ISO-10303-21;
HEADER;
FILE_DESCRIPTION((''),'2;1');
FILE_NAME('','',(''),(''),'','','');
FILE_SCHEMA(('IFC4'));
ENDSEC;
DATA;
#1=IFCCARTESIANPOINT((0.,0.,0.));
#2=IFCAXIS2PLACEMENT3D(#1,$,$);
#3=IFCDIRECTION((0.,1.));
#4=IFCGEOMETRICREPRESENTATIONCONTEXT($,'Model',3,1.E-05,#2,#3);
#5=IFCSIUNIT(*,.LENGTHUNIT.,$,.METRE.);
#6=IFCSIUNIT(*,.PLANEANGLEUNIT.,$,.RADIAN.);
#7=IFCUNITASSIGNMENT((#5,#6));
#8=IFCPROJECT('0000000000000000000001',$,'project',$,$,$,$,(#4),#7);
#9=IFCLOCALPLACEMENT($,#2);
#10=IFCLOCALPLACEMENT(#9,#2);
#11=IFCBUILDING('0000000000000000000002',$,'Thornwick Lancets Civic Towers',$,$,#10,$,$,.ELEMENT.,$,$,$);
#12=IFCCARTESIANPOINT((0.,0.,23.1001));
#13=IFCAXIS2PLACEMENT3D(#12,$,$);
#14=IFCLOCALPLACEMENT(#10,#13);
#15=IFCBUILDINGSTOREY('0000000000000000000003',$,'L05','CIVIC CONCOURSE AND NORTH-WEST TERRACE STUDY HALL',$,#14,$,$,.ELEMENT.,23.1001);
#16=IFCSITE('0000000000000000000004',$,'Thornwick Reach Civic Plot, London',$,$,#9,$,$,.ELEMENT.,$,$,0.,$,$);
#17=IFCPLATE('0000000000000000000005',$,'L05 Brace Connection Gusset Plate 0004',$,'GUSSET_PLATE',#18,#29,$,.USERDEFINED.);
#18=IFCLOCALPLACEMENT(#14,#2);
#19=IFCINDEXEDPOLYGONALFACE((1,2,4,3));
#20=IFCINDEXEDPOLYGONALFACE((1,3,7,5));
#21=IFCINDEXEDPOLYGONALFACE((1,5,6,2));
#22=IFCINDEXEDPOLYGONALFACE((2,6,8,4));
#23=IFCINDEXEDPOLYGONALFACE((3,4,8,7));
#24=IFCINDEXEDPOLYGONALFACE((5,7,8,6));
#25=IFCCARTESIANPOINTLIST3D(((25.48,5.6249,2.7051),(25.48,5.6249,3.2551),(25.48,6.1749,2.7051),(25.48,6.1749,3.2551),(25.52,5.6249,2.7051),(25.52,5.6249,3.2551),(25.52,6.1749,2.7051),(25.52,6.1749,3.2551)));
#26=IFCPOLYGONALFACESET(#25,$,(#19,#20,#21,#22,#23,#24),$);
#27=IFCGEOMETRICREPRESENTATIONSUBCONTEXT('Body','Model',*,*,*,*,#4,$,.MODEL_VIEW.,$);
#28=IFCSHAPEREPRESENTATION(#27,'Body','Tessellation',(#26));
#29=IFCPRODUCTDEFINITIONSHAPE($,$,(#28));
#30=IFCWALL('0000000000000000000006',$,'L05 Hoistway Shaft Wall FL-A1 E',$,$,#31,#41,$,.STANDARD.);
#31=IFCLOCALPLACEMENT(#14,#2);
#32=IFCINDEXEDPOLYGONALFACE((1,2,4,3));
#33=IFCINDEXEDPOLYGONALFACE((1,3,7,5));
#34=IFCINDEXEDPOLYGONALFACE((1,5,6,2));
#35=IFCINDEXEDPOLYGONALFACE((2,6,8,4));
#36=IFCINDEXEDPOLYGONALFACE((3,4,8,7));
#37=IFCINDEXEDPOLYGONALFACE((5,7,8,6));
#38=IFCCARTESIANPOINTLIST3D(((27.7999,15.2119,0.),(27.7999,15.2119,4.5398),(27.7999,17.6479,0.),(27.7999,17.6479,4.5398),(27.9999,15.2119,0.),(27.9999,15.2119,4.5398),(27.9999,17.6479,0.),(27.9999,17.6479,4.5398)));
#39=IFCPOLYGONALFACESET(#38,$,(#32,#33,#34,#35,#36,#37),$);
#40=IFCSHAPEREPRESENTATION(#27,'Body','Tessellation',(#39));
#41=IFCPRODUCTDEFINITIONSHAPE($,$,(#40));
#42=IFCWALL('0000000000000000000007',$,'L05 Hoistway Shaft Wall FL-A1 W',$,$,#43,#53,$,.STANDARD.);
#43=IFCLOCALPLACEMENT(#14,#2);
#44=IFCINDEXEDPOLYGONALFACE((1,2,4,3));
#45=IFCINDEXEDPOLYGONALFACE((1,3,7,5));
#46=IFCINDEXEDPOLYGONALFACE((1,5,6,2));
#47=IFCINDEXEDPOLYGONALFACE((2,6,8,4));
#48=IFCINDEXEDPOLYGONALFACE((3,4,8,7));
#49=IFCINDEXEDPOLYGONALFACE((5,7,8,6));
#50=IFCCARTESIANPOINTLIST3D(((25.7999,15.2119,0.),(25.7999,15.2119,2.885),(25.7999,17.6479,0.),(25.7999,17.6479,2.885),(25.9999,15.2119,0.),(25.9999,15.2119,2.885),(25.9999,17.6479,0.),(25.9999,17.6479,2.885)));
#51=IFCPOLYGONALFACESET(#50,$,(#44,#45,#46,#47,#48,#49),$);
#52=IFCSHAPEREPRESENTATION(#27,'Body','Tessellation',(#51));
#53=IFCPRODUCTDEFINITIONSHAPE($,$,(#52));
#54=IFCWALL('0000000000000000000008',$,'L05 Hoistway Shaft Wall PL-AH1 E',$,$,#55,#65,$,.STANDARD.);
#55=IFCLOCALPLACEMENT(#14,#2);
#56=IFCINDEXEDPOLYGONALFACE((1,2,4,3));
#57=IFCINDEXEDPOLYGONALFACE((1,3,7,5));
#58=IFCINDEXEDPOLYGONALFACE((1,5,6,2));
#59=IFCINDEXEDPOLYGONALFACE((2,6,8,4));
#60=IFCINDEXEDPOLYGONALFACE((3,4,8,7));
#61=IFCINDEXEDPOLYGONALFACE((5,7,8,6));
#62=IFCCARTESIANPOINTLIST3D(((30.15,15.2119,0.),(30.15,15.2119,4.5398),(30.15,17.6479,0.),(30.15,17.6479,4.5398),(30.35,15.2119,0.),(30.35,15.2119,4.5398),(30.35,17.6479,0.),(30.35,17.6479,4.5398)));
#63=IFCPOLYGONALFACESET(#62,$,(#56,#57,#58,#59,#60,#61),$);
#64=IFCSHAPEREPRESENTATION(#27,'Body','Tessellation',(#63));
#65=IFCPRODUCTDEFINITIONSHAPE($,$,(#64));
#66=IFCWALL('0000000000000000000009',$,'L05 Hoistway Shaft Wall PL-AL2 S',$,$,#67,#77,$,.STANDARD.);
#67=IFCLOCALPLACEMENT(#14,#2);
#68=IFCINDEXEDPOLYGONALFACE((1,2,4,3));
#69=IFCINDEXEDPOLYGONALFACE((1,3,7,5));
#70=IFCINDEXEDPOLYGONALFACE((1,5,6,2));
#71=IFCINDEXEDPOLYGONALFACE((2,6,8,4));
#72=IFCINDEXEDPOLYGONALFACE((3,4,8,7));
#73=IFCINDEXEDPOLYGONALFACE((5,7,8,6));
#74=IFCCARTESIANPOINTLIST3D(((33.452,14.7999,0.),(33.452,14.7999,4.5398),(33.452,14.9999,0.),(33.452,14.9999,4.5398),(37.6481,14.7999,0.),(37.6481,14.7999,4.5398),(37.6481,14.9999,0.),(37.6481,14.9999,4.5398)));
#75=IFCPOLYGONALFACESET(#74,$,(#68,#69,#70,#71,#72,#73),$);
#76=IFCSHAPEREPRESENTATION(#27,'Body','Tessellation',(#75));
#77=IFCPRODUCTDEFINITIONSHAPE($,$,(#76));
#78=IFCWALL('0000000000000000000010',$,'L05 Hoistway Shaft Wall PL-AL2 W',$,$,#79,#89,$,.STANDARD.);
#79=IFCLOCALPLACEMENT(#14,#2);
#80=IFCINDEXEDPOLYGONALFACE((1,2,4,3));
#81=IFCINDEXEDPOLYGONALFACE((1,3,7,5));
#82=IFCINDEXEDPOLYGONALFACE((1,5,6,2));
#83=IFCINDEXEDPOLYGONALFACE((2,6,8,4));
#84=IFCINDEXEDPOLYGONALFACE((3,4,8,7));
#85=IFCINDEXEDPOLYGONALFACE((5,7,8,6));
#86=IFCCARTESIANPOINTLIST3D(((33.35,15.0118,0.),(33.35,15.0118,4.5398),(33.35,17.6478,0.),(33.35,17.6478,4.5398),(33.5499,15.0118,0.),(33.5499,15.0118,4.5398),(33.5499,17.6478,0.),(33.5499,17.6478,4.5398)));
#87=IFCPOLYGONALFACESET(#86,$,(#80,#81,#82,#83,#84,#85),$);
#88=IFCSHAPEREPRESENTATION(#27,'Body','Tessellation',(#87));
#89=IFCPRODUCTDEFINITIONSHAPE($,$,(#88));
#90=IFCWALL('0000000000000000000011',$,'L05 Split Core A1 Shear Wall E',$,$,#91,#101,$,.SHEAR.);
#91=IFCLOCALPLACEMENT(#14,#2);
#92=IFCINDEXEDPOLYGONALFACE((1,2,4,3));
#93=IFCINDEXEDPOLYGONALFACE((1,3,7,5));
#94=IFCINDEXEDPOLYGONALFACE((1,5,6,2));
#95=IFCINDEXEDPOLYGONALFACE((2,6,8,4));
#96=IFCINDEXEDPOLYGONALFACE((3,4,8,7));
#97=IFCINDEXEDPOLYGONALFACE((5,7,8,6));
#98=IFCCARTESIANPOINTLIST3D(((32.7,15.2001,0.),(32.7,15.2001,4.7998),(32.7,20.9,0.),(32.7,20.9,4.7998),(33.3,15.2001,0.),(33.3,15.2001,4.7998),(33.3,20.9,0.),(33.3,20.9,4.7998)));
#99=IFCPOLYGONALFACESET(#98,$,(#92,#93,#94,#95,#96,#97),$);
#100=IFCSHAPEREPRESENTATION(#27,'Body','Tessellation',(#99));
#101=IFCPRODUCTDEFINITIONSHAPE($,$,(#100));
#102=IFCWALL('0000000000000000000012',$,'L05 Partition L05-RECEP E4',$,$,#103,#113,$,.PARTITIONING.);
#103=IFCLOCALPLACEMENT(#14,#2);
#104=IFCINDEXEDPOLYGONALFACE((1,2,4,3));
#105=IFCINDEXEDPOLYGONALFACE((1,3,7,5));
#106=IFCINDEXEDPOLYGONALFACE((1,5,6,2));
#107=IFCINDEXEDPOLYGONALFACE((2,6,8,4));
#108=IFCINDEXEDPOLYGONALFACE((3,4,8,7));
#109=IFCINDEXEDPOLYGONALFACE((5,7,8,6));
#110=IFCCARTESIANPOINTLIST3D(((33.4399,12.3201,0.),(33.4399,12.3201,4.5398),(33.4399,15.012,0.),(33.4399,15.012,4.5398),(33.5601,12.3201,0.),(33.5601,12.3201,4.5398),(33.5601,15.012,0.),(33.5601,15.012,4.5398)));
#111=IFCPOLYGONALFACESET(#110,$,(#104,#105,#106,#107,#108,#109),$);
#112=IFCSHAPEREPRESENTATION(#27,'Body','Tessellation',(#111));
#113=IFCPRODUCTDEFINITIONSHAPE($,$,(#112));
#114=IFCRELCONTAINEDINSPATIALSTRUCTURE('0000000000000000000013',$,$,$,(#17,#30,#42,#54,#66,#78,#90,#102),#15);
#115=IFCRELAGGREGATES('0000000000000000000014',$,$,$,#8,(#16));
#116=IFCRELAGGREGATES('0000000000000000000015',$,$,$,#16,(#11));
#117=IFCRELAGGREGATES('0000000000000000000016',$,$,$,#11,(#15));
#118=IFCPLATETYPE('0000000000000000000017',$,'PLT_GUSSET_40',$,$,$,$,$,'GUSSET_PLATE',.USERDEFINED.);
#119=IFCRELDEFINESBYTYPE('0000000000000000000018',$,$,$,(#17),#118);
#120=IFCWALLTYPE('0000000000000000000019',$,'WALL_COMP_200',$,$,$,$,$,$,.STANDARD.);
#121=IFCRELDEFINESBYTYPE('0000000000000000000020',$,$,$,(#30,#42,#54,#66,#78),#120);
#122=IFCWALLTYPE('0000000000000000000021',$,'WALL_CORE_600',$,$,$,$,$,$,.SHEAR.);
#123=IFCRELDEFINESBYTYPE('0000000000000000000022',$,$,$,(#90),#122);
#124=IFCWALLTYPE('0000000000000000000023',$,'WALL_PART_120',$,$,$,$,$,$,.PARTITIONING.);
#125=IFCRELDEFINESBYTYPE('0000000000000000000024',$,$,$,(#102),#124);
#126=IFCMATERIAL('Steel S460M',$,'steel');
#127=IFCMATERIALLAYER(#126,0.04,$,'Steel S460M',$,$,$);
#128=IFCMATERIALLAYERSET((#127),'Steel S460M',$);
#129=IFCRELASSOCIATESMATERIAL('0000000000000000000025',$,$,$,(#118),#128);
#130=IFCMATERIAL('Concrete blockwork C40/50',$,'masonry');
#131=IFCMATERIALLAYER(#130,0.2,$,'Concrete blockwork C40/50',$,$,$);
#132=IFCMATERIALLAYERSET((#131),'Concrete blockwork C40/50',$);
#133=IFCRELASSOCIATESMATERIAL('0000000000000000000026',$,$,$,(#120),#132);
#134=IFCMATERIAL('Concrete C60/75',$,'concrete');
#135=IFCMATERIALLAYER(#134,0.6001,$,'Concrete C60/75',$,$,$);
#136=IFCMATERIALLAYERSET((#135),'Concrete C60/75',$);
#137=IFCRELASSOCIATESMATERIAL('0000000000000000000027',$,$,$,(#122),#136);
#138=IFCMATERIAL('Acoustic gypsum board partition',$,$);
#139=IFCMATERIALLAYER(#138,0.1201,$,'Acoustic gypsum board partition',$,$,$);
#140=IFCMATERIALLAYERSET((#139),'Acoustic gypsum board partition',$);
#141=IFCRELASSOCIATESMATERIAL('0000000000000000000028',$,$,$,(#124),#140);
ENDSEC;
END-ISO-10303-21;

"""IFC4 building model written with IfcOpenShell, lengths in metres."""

from ifc_helpers import new_model, si_unit, direction, frame, frame_2d, origin, origin_2d, place, context, subcontext, project, spatial, rectangle, extrude, material, layer, layer_set, type_object, element, save


model = new_model("IFC4")

# Units and contexts
model_context = context("Model", 3, precision=1e-05, world=origin(), true_north=direction((0.0, 1.0)))
body_context = subcontext(model_context, "Body", "Model", "MODEL_VIEW")
ifc_project = project(units=[si_unit("LENGTHUNIT", "METRE"), si_unit("PLANEANGLEUNIT", "RADIAN")], contexts=[model_context])

# Site, building, storey
site_placement = place(None, origin())
site = spatial("IfcSite", under=ifc_project, at=site_placement, Name="Thornwick Reach Civic Plot, London", CompositionType="ELEMENT", RefElevation=0.0)
building_placement = place(site_placement, origin())
building = spatial("IfcBuilding", under=site, at=building_placement, Name="Thornwick Lancets Civic Towers", CompositionType="ELEMENT")
storey_placement = place(building_placement, frame((0.0, 0.0, 23.1001)))
storey = spatial("IfcBuildingStorey", under=building, at=storey_placement, Name="L05", Description="CIVIC CONCOURSE AND NORTH-WEST TERRACE STUDY HALL", CompositionType="ELEMENT", Elevation=23.1001)

# Shared definitions
ifc_material_1 = material(Name="Concrete C60/75", Category="concrete")

# Shared definitions
ifc_material_2 = material(Name="Steel S460M", Category="steel")

# Plate
ifc_layer_1 = layer(ifc_material_2, 0.04, Name="Steel S460M")
ifc_layer_set_1 = layer_set([ifc_layer_1], Name="Steel S460M")
plate_type = type_object("IfcPlateType", Name="PLT_GUSSET_40", ElementType="GUSSET_PLATE", PredefinedType="USERDEFINED", material=ifc_layer_set_1)
for number, where, z_axis, x_axis, name in (
    (1, (25.5, 5.8999, 2.7051), (0.0, 0.0, 1.0), (0.0, -1.0, 0.0), "L05 Brace Connection Gusset Plate 0004"),
):
    element("IfcPlate", number, at=place(storey_placement, frame(where, z_axis=z_axis, x_axis=x_axis)), inside=storey, type_object=plate_type, Name=name, ObjectType="GUSSET_PLATE", PredefinedType="USERDEFINED", context=body_context, shape_type="SweptSolid", body=[
        extrude(rectangle(XDim=0.55, YDim=0.04, at=origin_2d()), origin(), (0.0, 0.0, 1.0), 0.55),
    ])

# Walls
ifc_material_3 = material(Name="Concrete blockwork C40/50", Category="masonry")
ifc_layer_2 = layer(ifc_material_3, 0.2, Name="Concrete blockwork C40/50")
ifc_layer_set_2 = layer_set([ifc_layer_2], Name="Concrete blockwork C40/50")
wall_type_1 = type_object("IfcWallType", Name="WALL_COMP_200", PredefinedType="STANDARD", material=ifc_layer_set_2)
wall_1_placement = place(storey_placement, frame((27.8999, 15.2119, 0.0), z_axis=(0.0, 0.0, 1.0), x_axis=(0.0, 1.0, 0.0)))
element("IfcWall", 2, at=wall_1_placement, inside=storey, type_object=wall_type_1, Name="L05 Hoistway Shaft Wall FL-A1 E", PredefinedType="STANDARD", context=body_context, shape_type="SweptSolid", body=[
    extrude(rectangle(XDim=2.436, YDim=0.2, at=frame_2d((1.218, 0.0))), origin(), (0.0, 0.0, 1.0), 4.5398),
])
wall_2_placement = place(storey_placement, frame((25.8999, 15.2119, 0.0), z_axis=(0.0, 0.0, 1.0), x_axis=(0.0, 1.0, 0.0)))
element("IfcWall", 3, at=wall_2_placement, inside=storey, type_object=wall_type_1, Name="L05 Hoistway Shaft Wall FL-A1 W", PredefinedType="STANDARD", context=body_context, shape_type="SweptSolid", body=[
    extrude(rectangle(XDim=2.436, YDim=0.2, at=frame_2d((1.218, 0.0))), origin(), (0.0, 0.0, 1.0), 2.885),
])
wall_3_placement = place(storey_placement, frame((30.25, 15.2119, 0.0), z_axis=(0.0, 0.0, 1.0), x_axis=(0.0, 1.0, 0.0)))
element("IfcWall", 4, at=wall_3_placement, inside=storey, type_object=wall_type_1, Name="L05 Hoistway Shaft Wall PL-AH1 E", PredefinedType="STANDARD", context=body_context, shape_type="SweptSolid", body=[
    extrude(rectangle(XDim=2.436, YDim=0.2, at=frame_2d((1.218, 0.0))), origin(), (0.0, 0.0, 1.0), 4.5398),
])
wall_4_placement = place(storey_placement, frame((33.4519, 14.8999, 0.0), z_axis=(0.0, 0.0, 1.0), x_axis=(1.0, 0.0, 0.0)))
element("IfcWall", 5, at=wall_4_placement, inside=storey, type_object=wall_type_1, Name="L05 Hoistway Shaft Wall PL-AL2 S", PredefinedType="STANDARD", context=body_context, shape_type="SweptSolid", body=[
    extrude(rectangle(XDim=4.196, YDim=0.2, at=frame_2d((2.0981, 0.0))), origin(), (0.0, 0.0, 1.0), 4.5398),
])
wall_5_placement = place(storey_placement, frame((33.45, 15.012, 0.0), z_axis=(0.0, 0.0, 1.0), x_axis=(0.0, 1.0, 0.0)))
element("IfcWall", 6, at=wall_5_placement, inside=storey, type_object=wall_type_1, Name="L05 Hoistway Shaft Wall PL-AL2 W", PredefinedType="STANDARD", context=body_context, shape_type="SweptSolid", body=[
    extrude(rectangle(XDim=2.636, YDim=0.2, at=frame_2d((1.3179, 0.0))), origin(), (0.0, 0.0, 1.0), 4.5398),
])
ifc_layer_3 = layer(ifc_material_1, 0.6001, Name="Concrete C60/75")
ifc_layer_set_3 = layer_set([ifc_layer_3], Name="Concrete C60/75")
wall_type_2 = type_object("IfcWallType", Name="WALL_CORE_600", PredefinedType="SHEAR", material=ifc_layer_set_3)
wall_6_placement = place(storey_placement, frame((33.0, 15.2, 0.0), z_axis=(0.0, 0.0, 1.0), x_axis=(0.0, 1.0, 0.0)))
element("IfcWall", 7, at=wall_6_placement, inside=storey, type_object=wall_type_2, Name="L05 Split Core A1 Shear Wall E", PredefinedType="SHEAR", context=body_context, shape_type="SweptSolid", body=[
    extrude(rectangle(XDim=5.7, YDim=0.6001, at=frame_2d((2.8501, 0.0))), origin(), (0.0, 0.0, 1.0), 4.7998),
])
ifc_material_4 = material(Name="Acoustic gypsum board partition")
ifc_layer_4 = layer(ifc_material_4, 0.1201, Name="Acoustic gypsum board partition")
ifc_layer_set_4 = layer_set([ifc_layer_4], Name="Acoustic gypsum board partition")
wall_type_3 = type_object("IfcWallType", Name="WALL_PART_120", PredefinedType="PARTITIONING", material=ifc_layer_set_4)
wall_7_placement = place(storey_placement, frame((33.5, 12.3201, 0.0), z_axis=(0.0, 0.0, 1.0), x_axis=(0.0, 1.0, 0.0)))
element("IfcWall", 8, at=wall_7_placement, inside=storey, type_object=wall_type_3, Name="L05 Partition L05-RECEP E4", PredefinedType="PARTITIONING", context=body_context, shape_type="SweptSolid", body=[
    extrude(rectangle(XDim=2.6919, YDim=0.1201, at=frame_2d((1.3459, 0.0))), origin(), (0.0, 0.0, 1.0), 4.5398),
])

save(model, "model.ifc")
